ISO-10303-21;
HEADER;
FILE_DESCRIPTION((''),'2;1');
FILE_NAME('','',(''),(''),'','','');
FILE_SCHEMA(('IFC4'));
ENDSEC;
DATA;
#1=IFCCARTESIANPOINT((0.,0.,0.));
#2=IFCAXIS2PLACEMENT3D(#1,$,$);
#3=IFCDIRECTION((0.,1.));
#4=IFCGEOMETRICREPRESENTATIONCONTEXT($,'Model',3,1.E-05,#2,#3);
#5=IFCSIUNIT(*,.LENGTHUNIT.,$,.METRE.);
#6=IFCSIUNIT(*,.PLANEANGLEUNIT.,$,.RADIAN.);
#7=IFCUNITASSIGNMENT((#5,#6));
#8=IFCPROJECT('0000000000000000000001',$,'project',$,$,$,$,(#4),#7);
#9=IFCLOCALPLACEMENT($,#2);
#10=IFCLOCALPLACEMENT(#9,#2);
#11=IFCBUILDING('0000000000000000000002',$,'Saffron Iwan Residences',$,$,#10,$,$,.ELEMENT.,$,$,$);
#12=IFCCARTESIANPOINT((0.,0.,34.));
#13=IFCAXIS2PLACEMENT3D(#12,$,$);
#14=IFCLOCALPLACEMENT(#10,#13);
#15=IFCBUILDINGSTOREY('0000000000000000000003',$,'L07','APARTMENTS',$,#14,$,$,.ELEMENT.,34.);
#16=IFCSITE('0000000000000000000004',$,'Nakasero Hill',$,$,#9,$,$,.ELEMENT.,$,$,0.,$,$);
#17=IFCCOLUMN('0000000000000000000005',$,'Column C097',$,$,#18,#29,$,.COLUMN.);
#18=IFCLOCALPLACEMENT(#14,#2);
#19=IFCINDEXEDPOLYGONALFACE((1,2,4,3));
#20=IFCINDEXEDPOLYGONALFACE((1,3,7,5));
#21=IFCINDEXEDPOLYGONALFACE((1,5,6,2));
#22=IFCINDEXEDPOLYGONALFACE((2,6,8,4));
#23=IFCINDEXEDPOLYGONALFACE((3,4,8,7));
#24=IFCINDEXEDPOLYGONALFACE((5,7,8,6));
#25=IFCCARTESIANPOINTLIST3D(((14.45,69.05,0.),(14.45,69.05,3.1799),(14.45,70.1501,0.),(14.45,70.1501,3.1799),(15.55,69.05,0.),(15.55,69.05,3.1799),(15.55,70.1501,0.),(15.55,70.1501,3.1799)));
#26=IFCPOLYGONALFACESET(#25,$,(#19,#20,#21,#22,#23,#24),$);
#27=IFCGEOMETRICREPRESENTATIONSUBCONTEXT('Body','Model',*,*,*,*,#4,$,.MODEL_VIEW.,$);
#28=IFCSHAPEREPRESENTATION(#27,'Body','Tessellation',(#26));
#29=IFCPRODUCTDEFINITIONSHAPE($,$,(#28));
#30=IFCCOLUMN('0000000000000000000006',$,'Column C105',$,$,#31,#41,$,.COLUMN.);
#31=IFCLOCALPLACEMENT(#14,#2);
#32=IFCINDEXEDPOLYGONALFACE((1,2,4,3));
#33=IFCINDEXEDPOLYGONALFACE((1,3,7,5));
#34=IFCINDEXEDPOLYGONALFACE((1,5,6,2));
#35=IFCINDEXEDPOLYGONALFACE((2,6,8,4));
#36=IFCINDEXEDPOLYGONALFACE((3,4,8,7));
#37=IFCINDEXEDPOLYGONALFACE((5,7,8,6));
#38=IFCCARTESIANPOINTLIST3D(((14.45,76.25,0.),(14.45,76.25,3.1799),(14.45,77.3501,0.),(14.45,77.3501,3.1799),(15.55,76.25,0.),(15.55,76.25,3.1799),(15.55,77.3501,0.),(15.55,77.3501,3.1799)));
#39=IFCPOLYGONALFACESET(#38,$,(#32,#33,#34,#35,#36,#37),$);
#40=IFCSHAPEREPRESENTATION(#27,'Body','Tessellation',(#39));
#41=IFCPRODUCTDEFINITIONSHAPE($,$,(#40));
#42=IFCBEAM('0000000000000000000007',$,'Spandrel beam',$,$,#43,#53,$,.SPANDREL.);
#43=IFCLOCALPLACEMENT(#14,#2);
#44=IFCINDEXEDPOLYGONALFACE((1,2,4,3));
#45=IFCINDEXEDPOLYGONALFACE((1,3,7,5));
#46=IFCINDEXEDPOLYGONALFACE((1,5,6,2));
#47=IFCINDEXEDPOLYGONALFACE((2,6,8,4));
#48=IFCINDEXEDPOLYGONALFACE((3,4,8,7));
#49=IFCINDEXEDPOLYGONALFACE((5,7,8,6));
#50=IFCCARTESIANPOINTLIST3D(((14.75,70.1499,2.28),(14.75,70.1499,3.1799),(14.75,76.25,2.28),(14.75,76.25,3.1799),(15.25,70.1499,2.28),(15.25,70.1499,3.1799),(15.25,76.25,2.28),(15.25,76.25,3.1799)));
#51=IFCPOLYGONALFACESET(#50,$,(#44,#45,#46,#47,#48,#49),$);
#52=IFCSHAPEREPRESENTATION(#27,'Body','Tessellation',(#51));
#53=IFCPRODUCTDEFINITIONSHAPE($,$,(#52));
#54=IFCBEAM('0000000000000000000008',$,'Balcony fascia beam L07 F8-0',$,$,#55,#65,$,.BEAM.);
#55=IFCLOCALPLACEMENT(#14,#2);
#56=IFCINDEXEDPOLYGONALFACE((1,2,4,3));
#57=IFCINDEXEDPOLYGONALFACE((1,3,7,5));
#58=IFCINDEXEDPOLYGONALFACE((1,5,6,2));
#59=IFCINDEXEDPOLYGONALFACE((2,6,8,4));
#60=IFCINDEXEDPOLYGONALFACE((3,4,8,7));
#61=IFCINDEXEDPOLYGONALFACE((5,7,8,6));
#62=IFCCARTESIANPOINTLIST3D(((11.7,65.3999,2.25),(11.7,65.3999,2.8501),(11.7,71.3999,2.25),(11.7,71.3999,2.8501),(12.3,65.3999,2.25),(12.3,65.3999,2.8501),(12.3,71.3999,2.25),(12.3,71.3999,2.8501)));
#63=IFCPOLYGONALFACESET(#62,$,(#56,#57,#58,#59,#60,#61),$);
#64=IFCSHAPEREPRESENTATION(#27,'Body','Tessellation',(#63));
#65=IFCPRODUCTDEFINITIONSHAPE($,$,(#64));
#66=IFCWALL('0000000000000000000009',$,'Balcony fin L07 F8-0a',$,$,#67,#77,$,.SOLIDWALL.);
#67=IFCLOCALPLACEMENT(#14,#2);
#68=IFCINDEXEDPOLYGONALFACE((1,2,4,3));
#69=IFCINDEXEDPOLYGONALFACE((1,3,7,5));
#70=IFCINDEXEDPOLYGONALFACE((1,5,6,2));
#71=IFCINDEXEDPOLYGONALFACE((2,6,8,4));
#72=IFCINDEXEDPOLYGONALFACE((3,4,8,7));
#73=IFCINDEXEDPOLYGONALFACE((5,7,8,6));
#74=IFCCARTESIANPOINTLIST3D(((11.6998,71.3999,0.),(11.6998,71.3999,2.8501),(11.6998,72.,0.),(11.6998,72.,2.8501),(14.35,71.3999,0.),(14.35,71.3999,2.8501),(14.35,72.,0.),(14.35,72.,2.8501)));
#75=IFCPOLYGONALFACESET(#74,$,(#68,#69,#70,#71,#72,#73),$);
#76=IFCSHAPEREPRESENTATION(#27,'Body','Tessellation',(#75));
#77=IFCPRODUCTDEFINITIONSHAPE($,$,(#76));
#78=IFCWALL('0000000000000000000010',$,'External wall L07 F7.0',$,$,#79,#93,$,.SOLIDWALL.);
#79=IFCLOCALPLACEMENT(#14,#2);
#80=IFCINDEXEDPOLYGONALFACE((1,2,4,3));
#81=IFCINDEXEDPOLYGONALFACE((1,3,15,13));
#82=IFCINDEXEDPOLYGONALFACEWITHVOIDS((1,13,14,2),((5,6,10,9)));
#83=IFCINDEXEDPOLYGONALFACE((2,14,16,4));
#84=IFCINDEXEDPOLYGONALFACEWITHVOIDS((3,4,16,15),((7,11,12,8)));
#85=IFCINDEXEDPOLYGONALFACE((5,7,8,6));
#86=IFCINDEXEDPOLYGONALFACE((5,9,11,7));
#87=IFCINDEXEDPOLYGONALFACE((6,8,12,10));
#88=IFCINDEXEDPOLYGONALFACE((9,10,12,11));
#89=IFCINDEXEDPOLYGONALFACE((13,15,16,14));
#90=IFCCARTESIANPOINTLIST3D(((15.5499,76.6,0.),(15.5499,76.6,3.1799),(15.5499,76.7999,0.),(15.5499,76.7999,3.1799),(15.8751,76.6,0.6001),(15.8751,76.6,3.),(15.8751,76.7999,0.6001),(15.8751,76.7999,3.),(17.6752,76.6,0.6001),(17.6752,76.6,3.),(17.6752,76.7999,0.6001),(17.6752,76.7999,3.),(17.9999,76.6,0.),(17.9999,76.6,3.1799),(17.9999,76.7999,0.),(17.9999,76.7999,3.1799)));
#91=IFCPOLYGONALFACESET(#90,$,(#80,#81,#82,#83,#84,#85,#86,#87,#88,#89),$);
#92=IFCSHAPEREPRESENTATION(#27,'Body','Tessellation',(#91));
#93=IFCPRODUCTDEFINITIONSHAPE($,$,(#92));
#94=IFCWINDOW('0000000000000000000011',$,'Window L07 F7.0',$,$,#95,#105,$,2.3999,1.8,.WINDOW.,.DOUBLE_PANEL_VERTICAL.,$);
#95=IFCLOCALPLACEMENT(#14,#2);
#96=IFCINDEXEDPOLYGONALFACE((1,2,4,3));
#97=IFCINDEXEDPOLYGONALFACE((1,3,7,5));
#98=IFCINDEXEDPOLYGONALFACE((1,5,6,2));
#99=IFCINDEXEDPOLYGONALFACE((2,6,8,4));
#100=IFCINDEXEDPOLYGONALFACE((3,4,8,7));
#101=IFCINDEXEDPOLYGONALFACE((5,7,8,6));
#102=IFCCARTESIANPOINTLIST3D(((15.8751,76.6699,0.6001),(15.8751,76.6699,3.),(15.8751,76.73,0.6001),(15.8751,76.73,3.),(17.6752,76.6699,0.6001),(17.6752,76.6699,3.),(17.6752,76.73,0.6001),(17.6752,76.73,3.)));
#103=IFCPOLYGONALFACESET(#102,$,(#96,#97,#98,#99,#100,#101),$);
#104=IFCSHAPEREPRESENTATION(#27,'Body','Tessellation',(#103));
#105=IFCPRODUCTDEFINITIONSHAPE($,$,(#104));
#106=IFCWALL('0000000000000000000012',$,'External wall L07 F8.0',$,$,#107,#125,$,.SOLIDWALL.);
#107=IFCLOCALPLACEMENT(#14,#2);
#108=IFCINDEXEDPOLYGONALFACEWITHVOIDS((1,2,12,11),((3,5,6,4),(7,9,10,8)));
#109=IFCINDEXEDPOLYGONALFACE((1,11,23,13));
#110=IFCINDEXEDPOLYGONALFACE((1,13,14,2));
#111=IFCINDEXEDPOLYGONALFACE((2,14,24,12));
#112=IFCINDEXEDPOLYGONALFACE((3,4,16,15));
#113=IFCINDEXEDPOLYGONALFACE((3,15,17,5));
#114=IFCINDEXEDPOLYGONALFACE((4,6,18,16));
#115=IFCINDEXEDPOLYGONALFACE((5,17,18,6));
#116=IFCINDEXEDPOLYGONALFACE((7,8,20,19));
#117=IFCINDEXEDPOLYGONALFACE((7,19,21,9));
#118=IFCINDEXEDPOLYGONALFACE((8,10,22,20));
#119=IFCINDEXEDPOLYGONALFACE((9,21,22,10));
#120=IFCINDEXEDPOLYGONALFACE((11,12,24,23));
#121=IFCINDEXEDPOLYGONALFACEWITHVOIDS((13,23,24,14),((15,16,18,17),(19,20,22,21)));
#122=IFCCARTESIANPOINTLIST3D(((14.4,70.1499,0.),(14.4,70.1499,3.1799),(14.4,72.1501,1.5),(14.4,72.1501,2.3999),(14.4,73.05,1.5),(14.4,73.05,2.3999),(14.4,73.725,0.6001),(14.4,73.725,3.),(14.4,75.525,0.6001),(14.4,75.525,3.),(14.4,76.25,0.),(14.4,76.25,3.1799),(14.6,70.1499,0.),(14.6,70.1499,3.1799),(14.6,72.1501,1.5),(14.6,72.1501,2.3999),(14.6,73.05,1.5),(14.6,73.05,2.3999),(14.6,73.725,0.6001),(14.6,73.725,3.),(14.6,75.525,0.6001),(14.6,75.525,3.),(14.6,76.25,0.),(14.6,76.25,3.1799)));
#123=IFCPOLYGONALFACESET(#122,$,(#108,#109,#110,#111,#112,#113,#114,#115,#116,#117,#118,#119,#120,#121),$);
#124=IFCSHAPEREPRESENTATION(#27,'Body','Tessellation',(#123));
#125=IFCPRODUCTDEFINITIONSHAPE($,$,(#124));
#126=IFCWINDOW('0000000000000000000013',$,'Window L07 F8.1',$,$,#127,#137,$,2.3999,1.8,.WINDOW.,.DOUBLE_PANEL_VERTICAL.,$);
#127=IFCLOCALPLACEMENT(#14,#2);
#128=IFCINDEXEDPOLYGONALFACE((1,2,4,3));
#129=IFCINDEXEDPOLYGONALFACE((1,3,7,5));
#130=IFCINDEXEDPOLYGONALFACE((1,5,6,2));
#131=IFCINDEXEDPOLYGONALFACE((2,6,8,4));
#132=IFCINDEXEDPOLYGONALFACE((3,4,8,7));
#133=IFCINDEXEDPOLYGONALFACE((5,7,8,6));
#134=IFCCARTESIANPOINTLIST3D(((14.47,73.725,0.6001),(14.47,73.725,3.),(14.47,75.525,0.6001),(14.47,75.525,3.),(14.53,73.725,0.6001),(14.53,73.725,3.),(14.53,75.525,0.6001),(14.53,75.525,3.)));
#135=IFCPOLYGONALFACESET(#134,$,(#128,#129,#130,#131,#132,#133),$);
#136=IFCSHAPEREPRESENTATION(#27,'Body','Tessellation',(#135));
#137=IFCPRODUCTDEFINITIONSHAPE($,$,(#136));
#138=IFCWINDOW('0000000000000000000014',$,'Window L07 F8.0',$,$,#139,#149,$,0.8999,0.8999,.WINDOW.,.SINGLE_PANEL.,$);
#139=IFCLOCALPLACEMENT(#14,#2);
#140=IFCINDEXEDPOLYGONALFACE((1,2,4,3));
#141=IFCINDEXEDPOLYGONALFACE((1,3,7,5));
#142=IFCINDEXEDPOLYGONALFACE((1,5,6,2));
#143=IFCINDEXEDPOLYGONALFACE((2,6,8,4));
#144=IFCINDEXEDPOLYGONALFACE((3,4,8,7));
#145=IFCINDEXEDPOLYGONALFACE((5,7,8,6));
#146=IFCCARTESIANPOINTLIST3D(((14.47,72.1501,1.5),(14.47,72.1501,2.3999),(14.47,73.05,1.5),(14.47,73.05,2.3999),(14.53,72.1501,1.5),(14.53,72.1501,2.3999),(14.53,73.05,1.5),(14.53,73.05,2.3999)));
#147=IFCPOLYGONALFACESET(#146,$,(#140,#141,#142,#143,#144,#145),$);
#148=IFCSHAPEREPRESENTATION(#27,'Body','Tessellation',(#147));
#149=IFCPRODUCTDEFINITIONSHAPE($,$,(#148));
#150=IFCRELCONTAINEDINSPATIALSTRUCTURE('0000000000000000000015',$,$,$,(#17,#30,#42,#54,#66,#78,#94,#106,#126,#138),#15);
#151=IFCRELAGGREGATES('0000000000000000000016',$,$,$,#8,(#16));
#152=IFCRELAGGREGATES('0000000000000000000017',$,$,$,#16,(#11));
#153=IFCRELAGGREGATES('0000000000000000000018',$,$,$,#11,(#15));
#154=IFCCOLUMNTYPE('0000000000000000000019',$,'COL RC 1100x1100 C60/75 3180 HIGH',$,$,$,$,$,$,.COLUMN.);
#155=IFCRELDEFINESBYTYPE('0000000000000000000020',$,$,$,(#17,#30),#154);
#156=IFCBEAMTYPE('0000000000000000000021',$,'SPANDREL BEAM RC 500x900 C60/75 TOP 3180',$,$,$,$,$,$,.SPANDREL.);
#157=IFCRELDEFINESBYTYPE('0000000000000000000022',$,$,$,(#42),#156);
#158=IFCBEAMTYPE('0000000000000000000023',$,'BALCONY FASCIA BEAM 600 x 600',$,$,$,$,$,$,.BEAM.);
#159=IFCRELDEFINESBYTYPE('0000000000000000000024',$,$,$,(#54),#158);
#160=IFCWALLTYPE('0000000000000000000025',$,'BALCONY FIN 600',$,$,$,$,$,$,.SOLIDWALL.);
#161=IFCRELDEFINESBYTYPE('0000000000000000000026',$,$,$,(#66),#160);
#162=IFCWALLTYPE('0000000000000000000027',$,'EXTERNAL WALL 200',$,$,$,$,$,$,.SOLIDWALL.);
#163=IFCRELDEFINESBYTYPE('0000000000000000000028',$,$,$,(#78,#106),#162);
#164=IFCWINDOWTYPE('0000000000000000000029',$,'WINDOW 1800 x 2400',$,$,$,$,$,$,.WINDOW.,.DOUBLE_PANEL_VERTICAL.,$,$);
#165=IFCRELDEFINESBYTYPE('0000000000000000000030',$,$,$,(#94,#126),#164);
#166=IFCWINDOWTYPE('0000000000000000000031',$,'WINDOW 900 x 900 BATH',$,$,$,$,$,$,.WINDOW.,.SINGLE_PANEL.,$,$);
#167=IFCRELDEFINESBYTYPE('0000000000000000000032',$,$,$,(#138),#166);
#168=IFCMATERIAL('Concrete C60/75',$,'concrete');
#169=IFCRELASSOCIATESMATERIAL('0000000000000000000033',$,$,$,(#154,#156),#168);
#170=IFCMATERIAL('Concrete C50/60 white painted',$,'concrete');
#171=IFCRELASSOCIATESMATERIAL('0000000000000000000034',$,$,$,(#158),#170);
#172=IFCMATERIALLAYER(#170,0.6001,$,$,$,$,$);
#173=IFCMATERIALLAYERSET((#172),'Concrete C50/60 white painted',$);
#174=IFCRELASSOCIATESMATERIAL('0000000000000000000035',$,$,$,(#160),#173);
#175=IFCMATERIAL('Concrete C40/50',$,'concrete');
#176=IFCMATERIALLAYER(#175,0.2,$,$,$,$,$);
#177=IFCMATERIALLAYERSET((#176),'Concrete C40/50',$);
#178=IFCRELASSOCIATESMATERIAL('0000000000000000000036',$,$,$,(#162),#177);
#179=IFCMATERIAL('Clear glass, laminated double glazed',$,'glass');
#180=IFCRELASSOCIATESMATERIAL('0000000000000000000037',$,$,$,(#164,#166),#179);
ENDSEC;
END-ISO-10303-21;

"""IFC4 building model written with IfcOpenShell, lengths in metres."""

from ifc_helpers import new_model, si_unit, direction, frame, frame_2d, origin, origin_2d, place, context, subcontext, project, spatial, rectangle, extrude, source, transform, mapped, material, layer, layer_set, material_profile, profile_set, type_object, element, fill, save


model = new_model("IFC4")

# Units and contexts
model_context = context("Model", 3, precision=1e-05, world=origin(), true_north=direction((0.0, 1.0)))
body_context = subcontext(model_context, "Body", "Model", "MODEL_VIEW")
ifc_project = project(units=[si_unit("LENGTHUNIT", "METRE"), si_unit("PLANEANGLEUNIT", "RADIAN")], contexts=[model_context])

# Site, building, storey
site_placement = place(None, origin())
site = spatial("IfcSite", under=ifc_project, at=site_placement, Name="Nakasero Hill", CompositionType="ELEMENT", RefElevation=0.0)
building_placement = place(site_placement, origin())
building = spatial("IfcBuilding", under=site, at=building_placement, Name="Saffron Iwan Residences", CompositionType="ELEMENT")
storey_placement = place(building_placement, frame((0.0, 0.0, 34.0)))
storey = spatial("IfcBuildingStorey", under=building, at=storey_placement, Name="L07", Description="APARTMENTS", CompositionType="ELEMENT", Elevation=34.0)

# Columns
ifc_material_1 = material(Name="Concrete C60/75", Category="concrete")
ifc_material_profile_1 = material_profile(ifc_material_1, rectangle(XDim=1.1001, YDim=1.1001, at=origin_2d()), Name="RC 1100x1100")
ifc_profile_set_1 = profile_set([ifc_material_profile_1], Name="Concrete C60/75")
column_type = type_object("IfcColumnType", Name="COL RC 1100x1100 C60/75 3180 HIGH", PredefinedType="COLUMN", material=ifc_profile_set_1)
shared_shape_1 = source(origin(), body_context, "Body", "SweptSolid", [
    extrude(rectangle(XDim=1.1001, YDim=1.1001, at=origin_2d()), origin(), (0.0, 0.0, 1.0), 3.1799),
])
for number, where, z_axis, x_axis, name in (
    (1, (15.0, 69.6001, 0.0), (0.0, 0.0, 1.0), (1.0, 0.0, 0.0), "Column C097"),
    (2, (15.0, 76.8, 0.0), (0.0, 0.0, 1.0), (1.0, 0.0, 0.0), "Column C105"),
):
    element("IfcColumn", number, at=place(storey_placement, frame(where, z_axis=z_axis, x_axis=x_axis)), inside=storey, type_object=column_type, Name=name, PredefinedType="COLUMN", context=body_context, shape_type="MappedRepresentation", body=[
        mapped(shared_shape_1, transform((0.0, 0.0, 0.0))),
    ])

# Beams
ifc_material_profile_2 = material_profile(ifc_material_1, rectangle(XDim=0.5, YDim=0.8999, at=origin_2d()), Name="RC 500x900")
ifc_profile_set_2 = profile_set([ifc_material_profile_2], Name="Concrete C60/75")
beam_type_1 = type_object("IfcBeamType", Name="SPANDREL BEAM RC 500x900 C60/75 TOP 3180", PredefinedType="SPANDREL", material=ifc_profile_set_2)
shared_shape_2 = source(origin(), body_context, "Body", "SweptSolid", [
    extrude(rectangle(XDim=0.5, YDim=0.8999, at=origin_2d()), origin(), (0.0, 0.0, 1.0), 6.1001),
])
beam_1_placement = place(storey_placement, frame((15.0, 70.1499, 2.73), z_axis=(0.0, 1.0, 0.0), x_axis=(-1.0, 0.0, 0.0)))
element("IfcBeam", 3, at=beam_1_placement, inside=storey, type_object=beam_type_1, Name="Spandrel beam", PredefinedType="SPANDREL", context=body_context, shape_type="MappedRepresentation", body=[
    mapped(shared_shape_2, transform((0.0, 0.0, 0.0))),
])
ifc_material_2 = material(Name="Concrete C50/60 white painted", Category="concrete")
ifc_material_profile_3 = material_profile(ifc_material_2, rectangle(XDim=0.6001, YDim=0.6001, at=origin_2d()), Name="BALCONY FASCIA BEAM 600 x 600")
ifc_profile_set_3 = profile_set([ifc_material_profile_3], Name="Concrete C50/60 white painted")
beam_type_2 = type_object("IfcBeamType", Name="BALCONY FASCIA BEAM 600 x 600", PredefinedType="BEAM", material=ifc_profile_set_3)
shared_shape_3 = source(origin(), body_context, "Body", "SweptSolid", [
    extrude(rectangle(XDim=0.6001, YDim=0.6001, at=origin_2d()), origin(), (0.0, 0.0, 1.0), 6.0),
])
beam_2_placement = place(storey_placement, frame((12.0, 71.3999, 2.55), z_axis=(0.0, -1.0, 0.0), x_axis=(1.0, 0.0, 0.0)))
element("IfcBeam", 4, at=beam_2_placement, inside=storey, type_object=beam_type_2, Name="Balcony fascia beam L07 F8-0", PredefinedType="BEAM", context=body_context, shape_type="MappedRepresentation", body=[
    mapped(shared_shape_3, transform((0.0, 0.0, 0.0))),
])

# Wall
ifc_layer_1 = layer(ifc_material_2, 0.6001)
ifc_layer_set_1 = layer_set([ifc_layer_1], Name="Concrete C50/60 white painted")
wall_type_1 = type_object("IfcWallType", Name="BALCONY FIN 600", PredefinedType="SOLIDWALL", material=ifc_layer_set_1)
wall_1_placement = place(storey_placement, frame((14.3501, 71.7, 0.0), z_axis=(0.0, 0.0, 1.0), x_axis=(-1.0, 0.0, 0.0)))
element("IfcWall", 5, at=wall_1_placement, inside=storey, type_object=wall_type_1, Name="Balcony fin L07 F8-0a", PredefinedType="SOLIDWALL", context=body_context, shape_type="SweptSolid", body=[
    extrude(rectangle(XDim=2.6501, YDim=0.6001, at=frame_2d((1.3252, 0.0))), origin(), (0.0, 0.0, 1.0), 2.8501),
])

# Wall, opening, window
ifc_material_3 = material(Name="Concrete C40/50", Category="concrete")
ifc_layer_2 = layer(ifc_material_3, 0.2)
ifc_layer_set_2 = layer_set([ifc_layer_2], Name="Concrete C40/50")
wall_type_2 = type_object("IfcWallType", Name="EXTERNAL WALL 200", PredefinedType="SOLIDWALL", material=ifc_layer_set_2)
wall_2_placement = place(storey_placement, frame((18.0, 76.7, 0.0), z_axis=(0.0, 0.0, 1.0), x_axis=(-1.0, 0.0, 0.0)))
wall_2 = element("IfcWall", 6, at=wall_2_placement, inside=storey, type_object=wall_type_2, Name="External wall L07 F7.0", PredefinedType="SOLIDWALL", context=body_context, shape_type="SweptSolid", body=[
    extrude(rectangle(XDim=2.45, YDim=0.2, at=frame_2d((1.2251, 0.0))), origin(), (0.0, 0.0, 1.0), 3.1799),
])
opening_1_placement = place(wall_2_placement, frame((0.325, 0.0, 0.6001)))
opening_1 = element("IfcOpeningElement", 7, at=opening_1_placement, cuts=wall_2, PredefinedType="OPENING", context=body_context, shape_type="SweptSolid", body=[
    extrude(rectangle(XDim=1.8, YDim=2.3999, at=frame_2d((0.8999, 1.2))), frame((0.0, 0.1099, 0.0), z_axis=(0.0, -1.0, 0.0), x_axis=(1.0, 0.0, 0.0)), (0.0, 0.0, 1.0), 0.22),
])
ifc_material_4 = material(Name="Clear glass, laminated double glazed", Category="glass")
window_type_1 = type_object("IfcWindowType", Name="WINDOW 1800 x 2400", PartitioningType="DOUBLE_PANEL_VERTICAL", PredefinedType="WINDOW", material=ifc_material_4)
window_1_placement = place(opening_1_placement, origin())
window_1 = element("IfcWindow", 8, at=window_1_placement, inside=storey, type_object=window_type_1, Name="Window L07 F7.0", OverallHeight=2.3999, OverallWidth=1.8, PartitioningType="DOUBLE_PANEL_VERTICAL", PredefinedType="WINDOW", context=body_context, shape_type="SweptSolid", body=[
    extrude(rectangle(XDim=1.8, YDim=2.3999, at=frame_2d((0.8999, 1.2))), frame((0.0, 0.03, 0.0), z_axis=(0.0, -1.0, 0.0), x_axis=(1.0, 0.0, 0.0)), (0.0, 0.0, 1.0), 0.0601),
])
fill(opening_1, window_1)

# Wall, openings, windows
wall_3_placement = place(storey_placement, frame((14.5, 76.25, 0.0), z_axis=(0.0, 0.0, 1.0), x_axis=(0.0, -1.0, 0.0)))
wall_3 = element("IfcWall", 9, at=wall_3_placement, inside=storey, type_object=wall_type_2, Name="External wall L07 F8.0", PredefinedType="SOLIDWALL", context=body_context, shape_type="SweptSolid", body=[
    extrude(rectangle(XDim=6.1001, YDim=0.2, at=frame_2d((3.05, 0.0))), origin(), (0.0, 0.0, 1.0), 3.1799),
])
opening_2_placement = place(wall_3_placement, frame((3.2, 0.0, 1.5)))
opening_2 = element("IfcOpeningElement", 10, at=opening_2_placement, cuts=wall_3, PredefinedType="OPENING", context=body_context, shape_type="SweptSolid", body=[
    extrude(rectangle(XDim=0.8999, YDim=0.8999, at=frame_2d((0.45, 0.45))), frame((0.0, 0.1099, 0.0), z_axis=(0.0, -1.0, 0.0), x_axis=(1.0, 0.0, 0.0)), (0.0, 0.0, 1.0), 0.22),
])
opening_3_placement = place(wall_3_placement, frame((0.7251, 0.0, 0.6001)))
opening_3 = element("IfcOpeningElement", 11, at=opening_3_placement, cuts=wall_3, PredefinedType="OPENING", context=body_context, shape_type="SweptSolid", body=[
    extrude(rectangle(XDim=1.8, YDim=2.3999, at=frame_2d((0.8999, 1.2))), frame((0.0, 0.1099, 0.0), z_axis=(0.0, -1.0, 0.0), x_axis=(1.0, 0.0, 0.0)), (0.0, 0.0, 1.0), 0.22),
])
window_2_placement = place(opening_3_placement, origin())
window_2 = element("IfcWindow", 12, at=window_2_placement, inside=storey, type_object=window_type_1, Name="Window L07 F8.1", OverallHeight=2.3999, OverallWidth=1.8, PartitioningType="DOUBLE_PANEL_VERTICAL", PredefinedType="WINDOW", context=body_context, shape_type="SweptSolid", body=[
    extrude(rectangle(XDim=1.8, YDim=2.3999, at=frame_2d((0.8999, 1.2))), frame((0.0, 0.03, 0.0), z_axis=(0.0, -1.0, 0.0), x_axis=(1.0, 0.0, 0.0)), (0.0, 0.0, 1.0), 0.0601),
])
fill(opening_3, window_2)
window_type_2 = type_object("IfcWindowType", Name="WINDOW 900 x 900 BATH", PartitioningType="SINGLE_PANEL", PredefinedType="WINDOW", material=ifc_material_4)
window_3_placement = place(opening_2_placement, origin())
window_3 = element("IfcWindow", 13, at=window_3_placement, inside=storey, type_object=window_type_2, Name="Window L07 F8.0", OverallHeight=0.8999, OverallWidth=0.8999, PartitioningType="SINGLE_PANEL", PredefinedType="WINDOW", context=body_context, shape_type="SweptSolid", body=[
    extrude(rectangle(XDim=0.8999, YDim=0.8999, at=frame_2d((0.45, 0.45))), frame((0.0, 0.03, 0.0), z_axis=(0.0, -1.0, 0.0), x_axis=(1.0, 0.0, 0.0)), (0.0, 0.0, 1.0), 0.0601),
])
fill(opening_2, window_3)

save(model, "model.ifc")
